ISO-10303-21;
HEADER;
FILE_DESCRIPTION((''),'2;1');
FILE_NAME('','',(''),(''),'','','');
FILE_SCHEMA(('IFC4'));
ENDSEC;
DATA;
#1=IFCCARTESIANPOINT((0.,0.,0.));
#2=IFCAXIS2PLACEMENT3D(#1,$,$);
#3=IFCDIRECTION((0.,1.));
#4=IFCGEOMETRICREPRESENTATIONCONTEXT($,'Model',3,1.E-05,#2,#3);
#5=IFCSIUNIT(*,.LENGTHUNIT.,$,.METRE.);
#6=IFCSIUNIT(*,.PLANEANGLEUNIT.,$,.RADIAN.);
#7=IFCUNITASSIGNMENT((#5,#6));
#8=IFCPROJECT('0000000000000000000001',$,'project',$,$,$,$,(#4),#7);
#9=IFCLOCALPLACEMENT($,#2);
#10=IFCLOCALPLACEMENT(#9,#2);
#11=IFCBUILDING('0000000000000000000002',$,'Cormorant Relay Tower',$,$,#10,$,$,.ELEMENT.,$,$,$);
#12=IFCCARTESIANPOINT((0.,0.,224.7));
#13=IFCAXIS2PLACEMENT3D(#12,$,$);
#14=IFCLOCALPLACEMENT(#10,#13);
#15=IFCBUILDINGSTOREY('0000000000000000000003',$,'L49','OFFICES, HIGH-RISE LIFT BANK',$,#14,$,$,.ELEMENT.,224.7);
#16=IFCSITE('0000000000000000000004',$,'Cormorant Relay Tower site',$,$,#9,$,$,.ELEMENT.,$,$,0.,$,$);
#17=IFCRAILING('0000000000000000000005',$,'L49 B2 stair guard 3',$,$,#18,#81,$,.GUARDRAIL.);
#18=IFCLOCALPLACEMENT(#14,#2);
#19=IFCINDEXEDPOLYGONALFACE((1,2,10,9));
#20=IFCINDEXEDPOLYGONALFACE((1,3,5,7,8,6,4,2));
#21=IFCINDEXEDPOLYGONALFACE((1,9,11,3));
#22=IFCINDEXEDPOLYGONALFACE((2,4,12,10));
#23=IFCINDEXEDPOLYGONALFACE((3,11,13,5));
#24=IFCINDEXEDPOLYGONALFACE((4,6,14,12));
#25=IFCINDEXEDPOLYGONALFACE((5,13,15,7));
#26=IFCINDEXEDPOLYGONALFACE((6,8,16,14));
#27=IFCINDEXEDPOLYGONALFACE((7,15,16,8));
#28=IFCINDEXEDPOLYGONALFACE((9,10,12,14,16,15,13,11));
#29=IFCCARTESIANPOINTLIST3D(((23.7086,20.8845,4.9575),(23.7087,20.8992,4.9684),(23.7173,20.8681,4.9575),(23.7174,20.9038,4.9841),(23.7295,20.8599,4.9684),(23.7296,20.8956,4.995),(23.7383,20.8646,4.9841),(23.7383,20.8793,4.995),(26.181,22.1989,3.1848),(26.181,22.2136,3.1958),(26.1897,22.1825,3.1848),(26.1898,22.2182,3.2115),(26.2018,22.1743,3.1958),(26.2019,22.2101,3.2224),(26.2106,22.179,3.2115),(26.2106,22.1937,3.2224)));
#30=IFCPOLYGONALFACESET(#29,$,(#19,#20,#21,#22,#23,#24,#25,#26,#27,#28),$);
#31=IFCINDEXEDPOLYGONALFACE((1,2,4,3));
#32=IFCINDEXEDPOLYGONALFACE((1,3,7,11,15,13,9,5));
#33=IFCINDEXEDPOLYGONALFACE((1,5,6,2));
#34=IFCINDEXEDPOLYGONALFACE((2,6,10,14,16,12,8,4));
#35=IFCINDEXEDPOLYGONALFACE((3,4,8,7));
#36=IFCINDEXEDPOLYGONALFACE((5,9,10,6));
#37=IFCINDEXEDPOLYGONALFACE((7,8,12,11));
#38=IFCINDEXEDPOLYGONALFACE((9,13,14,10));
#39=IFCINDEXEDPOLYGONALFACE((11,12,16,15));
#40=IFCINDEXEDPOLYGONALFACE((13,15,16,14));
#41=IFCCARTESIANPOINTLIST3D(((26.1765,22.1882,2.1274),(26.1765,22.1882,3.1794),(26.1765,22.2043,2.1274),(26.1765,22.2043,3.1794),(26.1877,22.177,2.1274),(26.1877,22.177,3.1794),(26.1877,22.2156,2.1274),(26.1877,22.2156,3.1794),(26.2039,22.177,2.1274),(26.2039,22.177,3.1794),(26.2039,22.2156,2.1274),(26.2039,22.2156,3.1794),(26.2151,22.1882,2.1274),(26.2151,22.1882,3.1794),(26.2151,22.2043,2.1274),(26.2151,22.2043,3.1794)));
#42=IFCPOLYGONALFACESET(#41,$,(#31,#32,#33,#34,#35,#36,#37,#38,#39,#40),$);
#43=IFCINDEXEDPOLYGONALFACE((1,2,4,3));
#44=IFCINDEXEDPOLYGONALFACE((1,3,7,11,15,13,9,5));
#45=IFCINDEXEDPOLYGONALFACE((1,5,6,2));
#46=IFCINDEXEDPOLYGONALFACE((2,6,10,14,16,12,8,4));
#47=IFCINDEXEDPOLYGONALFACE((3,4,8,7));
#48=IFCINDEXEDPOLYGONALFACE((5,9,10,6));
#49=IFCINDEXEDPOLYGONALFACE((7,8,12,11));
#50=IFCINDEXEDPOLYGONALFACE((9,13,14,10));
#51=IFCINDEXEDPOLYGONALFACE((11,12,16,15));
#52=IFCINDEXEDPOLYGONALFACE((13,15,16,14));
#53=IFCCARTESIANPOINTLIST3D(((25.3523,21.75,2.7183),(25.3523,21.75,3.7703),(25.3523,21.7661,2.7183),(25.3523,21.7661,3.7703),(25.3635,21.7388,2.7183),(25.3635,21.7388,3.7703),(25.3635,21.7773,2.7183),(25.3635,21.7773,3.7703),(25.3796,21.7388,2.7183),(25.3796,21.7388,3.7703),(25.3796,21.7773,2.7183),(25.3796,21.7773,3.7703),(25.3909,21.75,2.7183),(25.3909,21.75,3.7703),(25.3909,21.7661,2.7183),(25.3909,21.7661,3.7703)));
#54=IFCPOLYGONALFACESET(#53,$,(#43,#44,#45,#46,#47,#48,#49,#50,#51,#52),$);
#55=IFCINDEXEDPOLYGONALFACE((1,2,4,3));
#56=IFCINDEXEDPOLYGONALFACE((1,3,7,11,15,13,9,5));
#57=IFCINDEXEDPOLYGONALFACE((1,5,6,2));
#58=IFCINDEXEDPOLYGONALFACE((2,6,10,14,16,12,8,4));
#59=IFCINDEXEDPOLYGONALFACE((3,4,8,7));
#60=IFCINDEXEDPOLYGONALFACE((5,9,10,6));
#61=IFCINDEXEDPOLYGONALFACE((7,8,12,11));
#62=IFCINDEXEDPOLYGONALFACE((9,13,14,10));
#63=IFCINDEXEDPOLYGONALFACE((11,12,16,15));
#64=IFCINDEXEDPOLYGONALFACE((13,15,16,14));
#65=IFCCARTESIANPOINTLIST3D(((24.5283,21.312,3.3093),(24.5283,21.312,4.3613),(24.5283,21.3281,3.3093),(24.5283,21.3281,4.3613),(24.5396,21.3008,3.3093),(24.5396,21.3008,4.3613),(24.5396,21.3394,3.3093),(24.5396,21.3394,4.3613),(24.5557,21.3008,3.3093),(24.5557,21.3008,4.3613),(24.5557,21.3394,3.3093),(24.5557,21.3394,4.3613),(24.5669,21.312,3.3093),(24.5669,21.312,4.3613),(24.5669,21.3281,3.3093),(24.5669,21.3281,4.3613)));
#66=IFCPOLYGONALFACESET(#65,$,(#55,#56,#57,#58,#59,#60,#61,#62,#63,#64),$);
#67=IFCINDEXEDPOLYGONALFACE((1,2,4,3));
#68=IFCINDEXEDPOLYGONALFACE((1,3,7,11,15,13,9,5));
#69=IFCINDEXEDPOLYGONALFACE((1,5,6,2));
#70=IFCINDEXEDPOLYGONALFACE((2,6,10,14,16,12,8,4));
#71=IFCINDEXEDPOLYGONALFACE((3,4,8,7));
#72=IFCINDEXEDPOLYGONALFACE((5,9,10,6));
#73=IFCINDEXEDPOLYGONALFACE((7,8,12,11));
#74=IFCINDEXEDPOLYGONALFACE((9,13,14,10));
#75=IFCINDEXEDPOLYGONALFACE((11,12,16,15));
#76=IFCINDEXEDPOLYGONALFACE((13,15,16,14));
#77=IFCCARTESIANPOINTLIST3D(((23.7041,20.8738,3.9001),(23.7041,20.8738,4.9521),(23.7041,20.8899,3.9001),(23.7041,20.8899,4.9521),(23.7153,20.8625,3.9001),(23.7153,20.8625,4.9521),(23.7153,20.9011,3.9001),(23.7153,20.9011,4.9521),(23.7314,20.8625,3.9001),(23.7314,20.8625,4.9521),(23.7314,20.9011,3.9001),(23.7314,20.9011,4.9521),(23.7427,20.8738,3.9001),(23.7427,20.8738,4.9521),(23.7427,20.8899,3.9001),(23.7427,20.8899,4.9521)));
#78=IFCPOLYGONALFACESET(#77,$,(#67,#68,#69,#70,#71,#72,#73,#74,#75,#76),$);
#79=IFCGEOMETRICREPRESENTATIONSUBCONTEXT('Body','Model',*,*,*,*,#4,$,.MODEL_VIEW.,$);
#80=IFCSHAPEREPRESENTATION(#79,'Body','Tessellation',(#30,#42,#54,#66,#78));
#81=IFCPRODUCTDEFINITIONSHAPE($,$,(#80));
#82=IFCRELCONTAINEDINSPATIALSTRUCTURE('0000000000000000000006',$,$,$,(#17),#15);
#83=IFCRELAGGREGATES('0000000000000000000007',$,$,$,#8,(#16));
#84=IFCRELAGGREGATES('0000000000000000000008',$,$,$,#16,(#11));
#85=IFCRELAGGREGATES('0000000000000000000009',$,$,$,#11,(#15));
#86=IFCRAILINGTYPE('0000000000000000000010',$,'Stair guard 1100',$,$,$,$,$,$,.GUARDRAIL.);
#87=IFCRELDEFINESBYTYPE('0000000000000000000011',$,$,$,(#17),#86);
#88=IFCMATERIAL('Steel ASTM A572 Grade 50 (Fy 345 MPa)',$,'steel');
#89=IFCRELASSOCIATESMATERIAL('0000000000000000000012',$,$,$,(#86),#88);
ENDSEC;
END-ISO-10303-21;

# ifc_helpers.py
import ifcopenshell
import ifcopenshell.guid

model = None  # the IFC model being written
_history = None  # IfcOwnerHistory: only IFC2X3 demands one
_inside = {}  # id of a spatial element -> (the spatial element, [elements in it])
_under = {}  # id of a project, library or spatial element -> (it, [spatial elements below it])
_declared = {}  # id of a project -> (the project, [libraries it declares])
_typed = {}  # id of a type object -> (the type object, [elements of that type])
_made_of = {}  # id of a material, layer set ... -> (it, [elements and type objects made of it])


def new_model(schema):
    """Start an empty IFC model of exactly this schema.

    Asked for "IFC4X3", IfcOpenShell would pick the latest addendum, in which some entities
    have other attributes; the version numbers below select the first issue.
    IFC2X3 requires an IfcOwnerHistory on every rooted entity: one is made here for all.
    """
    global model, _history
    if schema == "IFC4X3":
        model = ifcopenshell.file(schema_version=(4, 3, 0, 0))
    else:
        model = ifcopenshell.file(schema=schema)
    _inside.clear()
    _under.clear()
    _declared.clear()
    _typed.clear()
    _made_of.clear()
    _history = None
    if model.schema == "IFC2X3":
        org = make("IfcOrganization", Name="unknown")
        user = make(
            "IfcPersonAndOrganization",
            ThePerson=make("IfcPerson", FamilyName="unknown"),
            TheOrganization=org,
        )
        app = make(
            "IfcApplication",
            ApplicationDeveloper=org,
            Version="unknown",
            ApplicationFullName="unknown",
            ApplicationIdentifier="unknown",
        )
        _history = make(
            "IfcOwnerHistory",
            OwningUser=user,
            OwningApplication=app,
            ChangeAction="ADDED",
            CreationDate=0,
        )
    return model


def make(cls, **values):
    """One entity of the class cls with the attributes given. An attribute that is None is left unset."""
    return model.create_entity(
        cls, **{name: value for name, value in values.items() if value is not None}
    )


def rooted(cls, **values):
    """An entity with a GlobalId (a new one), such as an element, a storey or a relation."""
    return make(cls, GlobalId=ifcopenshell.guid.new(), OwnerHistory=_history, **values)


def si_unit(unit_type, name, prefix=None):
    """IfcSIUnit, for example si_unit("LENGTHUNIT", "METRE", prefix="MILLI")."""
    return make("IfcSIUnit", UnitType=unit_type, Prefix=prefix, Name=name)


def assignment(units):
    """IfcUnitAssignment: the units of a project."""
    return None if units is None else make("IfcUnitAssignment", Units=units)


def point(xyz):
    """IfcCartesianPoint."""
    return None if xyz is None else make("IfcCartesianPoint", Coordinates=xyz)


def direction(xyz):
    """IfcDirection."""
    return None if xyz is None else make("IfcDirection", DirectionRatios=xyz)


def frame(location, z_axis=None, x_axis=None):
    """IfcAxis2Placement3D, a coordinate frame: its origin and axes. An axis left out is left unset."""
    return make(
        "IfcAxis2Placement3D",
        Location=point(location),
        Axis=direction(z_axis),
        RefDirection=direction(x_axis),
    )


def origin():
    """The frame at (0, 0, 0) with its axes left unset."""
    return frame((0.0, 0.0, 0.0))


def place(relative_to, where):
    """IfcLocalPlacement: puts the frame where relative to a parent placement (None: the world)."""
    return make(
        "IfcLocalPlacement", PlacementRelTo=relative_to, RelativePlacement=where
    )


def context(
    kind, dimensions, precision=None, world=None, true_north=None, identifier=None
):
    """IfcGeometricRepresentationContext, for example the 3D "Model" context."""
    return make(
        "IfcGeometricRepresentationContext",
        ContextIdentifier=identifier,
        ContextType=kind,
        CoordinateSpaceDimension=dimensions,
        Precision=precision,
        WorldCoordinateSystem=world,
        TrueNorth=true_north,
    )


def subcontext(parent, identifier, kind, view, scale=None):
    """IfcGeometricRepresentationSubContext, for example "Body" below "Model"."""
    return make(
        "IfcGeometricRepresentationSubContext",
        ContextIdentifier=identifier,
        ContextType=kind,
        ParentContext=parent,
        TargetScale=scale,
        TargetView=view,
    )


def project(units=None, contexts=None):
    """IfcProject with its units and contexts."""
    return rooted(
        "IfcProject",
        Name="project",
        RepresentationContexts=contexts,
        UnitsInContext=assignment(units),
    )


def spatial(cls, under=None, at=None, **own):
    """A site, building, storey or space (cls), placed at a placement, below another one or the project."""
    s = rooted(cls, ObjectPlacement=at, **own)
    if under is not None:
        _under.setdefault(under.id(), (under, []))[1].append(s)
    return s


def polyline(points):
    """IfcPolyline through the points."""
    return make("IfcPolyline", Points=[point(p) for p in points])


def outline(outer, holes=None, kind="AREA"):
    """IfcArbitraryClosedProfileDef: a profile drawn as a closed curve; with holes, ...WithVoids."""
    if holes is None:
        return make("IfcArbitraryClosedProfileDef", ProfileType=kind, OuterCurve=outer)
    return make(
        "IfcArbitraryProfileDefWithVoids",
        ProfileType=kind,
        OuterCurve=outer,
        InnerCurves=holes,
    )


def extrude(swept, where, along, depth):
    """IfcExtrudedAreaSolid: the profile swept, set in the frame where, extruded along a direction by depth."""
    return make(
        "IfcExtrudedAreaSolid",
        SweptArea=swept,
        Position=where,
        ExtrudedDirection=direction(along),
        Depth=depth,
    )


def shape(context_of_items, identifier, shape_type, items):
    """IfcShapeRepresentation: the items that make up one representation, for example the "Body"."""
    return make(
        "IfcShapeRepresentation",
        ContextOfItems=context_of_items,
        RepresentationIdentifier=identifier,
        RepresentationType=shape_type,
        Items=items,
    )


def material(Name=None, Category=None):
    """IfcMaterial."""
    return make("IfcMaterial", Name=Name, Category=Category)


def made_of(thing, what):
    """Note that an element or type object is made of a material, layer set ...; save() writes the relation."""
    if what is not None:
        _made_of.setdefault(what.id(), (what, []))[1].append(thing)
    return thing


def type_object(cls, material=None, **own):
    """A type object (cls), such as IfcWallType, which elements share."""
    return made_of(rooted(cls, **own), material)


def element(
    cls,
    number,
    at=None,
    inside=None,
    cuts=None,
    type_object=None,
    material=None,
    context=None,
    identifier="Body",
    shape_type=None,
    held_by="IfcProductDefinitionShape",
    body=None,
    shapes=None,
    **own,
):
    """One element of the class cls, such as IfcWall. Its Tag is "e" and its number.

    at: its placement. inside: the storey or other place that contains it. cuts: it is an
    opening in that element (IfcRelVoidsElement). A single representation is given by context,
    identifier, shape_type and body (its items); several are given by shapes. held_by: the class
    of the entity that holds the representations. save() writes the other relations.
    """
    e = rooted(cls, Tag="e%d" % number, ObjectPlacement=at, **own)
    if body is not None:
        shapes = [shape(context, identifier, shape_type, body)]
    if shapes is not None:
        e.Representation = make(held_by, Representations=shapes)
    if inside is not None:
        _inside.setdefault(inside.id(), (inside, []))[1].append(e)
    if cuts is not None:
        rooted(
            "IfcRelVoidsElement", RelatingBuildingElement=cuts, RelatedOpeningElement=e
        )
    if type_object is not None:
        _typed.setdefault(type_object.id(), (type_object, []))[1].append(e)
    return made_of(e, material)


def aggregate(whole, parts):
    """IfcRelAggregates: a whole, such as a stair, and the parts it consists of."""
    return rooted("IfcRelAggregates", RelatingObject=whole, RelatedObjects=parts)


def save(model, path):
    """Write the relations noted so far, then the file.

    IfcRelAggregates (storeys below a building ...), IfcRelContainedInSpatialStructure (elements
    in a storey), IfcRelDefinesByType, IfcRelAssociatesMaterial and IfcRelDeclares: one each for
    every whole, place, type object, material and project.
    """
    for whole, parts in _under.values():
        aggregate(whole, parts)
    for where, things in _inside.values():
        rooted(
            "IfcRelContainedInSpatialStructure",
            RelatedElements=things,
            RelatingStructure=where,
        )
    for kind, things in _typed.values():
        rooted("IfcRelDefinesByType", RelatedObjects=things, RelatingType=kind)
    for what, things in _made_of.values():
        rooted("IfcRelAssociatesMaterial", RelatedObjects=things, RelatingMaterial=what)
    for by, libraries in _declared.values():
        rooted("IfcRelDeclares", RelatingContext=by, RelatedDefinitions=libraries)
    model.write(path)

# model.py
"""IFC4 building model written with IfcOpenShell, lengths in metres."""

from ifc_helpers import new_model, si_unit, direction, frame, origin, place, context, subcontext, project, spatial, polyline, outline, extrude, material, type_object, element, save


model = new_model("IFC4")

# Units and contexts
model_context = context("Model", 3, precision=1e-05, world=origin(), true_north=direction((0.0, 1.0)))
body_context = subcontext(model_context, "Body", "Model", "MODEL_VIEW")
ifc_project = project(units=[si_unit("LENGTHUNIT", "METRE"), si_unit("PLANEANGLEUNIT", "RADIAN")], contexts=[model_context])

# Site, building, storey
site_placement = place(None, origin())
site = spatial("IfcSite", under=ifc_project, at=site_placement, Name="Cormorant Relay Tower site", CompositionType="ELEMENT", RefElevation=0.0)
building_placement = place(site_placement, origin())
building = spatial("IfcBuilding", under=site, at=building_placement, Name="Cormorant Relay Tower", CompositionType="ELEMENT")
storey_placement = place(building_placement, frame((0.0, 0.0, 224.7)))
storey = spatial("IfcBuildingStorey", under=building, at=storey_placement, Name="L49", Description="OFFICES, HIGH-RISE LIFT BANK", CompositionType="ELEMENT", Elevation=224.7)

# Railing
ifc_material_1 = material(Name="Steel ASTM A572 Grade 50 (Fy 345 MPa)", Category="steel")
railing_type = type_object("IfcRailingType", Name="Stair guard 1100", PredefinedType="GUARDRAIL", material=ifc_material_1)
railing_1_placement = place(storey_placement, frame((26.1958, 22.1963, 2.1274)))
element("IfcRailing", 1, at=railing_1_placement, inside=storey, type_object=railing_type, Name="L49 B2 stair guard 3", PredefinedType="GUARDRAIL", context=body_context, shape_type="SweptSolid", body=[
    extrude(outline(polyline([(0.0222, 0.0093), (0.0093, 0.0222), (-0.0093, 0.0222), (-0.0222, 0.0093), (-0.0222, -0.0093), (-0.0093, -0.0222), (0.0093, -0.0222), (0.0222, -0.0093), (0.0222, 0.0093)])), frame((0.0, 0.0, 1.0762), z_axis=(-0.746034, -0.396627, 0.534902), x_axis=(0.469429, -0.88297, 0.0)), (0.0, 0.0, 1.0), 3.314),
    extrude(outline(polyline([(0.0193, 0.0081), (0.0081, 0.0193), (-0.0081, 0.0193), (-0.0193, 0.0081), (-0.0193, -0.0081), (-0.0081, -0.0193), (0.0081, -0.0193), (0.0193, -0.0081), (0.0193, 0.0081)])), origin(), (0.0, 0.0, 1.0), 1.052),
    extrude(outline(polyline([(0.0193, 0.0081), (0.0081, 0.0193), (-0.0081, 0.0193), (-0.0193, 0.0081), (-0.0193, -0.0081), (-0.0081, -0.0193), (0.0081, -0.0193), (0.0193, -0.0081), (0.0193, 0.0081)])), frame((-0.8242, -0.4382, 0.5908)), (0.0, 0.0, 1.0), 1.052),
    extrude(outline(polyline([(0.0193, 0.0081), (0.0081, 0.0193), (-0.0081, 0.0193), (-0.0193, 0.0081), (-0.0193, -0.0081), (-0.0081, -0.0193), (0.0081, -0.0193), (0.0193, -0.0081), (0.0193, 0.0081)])), frame((-1.6482, -0.8762, 1.1819)), (0.0, 0.0, 1.0), 1.052),
    extrude(outline(polyline([(0.0193, 0.0081), (0.0081, 0.0193), (-0.0081, 0.0193), (-0.0193, 0.0081), (-0.0193, -0.0081), (-0.0081, -0.0193), (0.0081, -0.0193), (0.0193, -0.0081), (0.0193, 0.0081)])), frame((-2.4724, -1.3145, 1.7727)), (0.0, 0.0, 1.0), 1.052),
])

save(model, "model.ifc")
